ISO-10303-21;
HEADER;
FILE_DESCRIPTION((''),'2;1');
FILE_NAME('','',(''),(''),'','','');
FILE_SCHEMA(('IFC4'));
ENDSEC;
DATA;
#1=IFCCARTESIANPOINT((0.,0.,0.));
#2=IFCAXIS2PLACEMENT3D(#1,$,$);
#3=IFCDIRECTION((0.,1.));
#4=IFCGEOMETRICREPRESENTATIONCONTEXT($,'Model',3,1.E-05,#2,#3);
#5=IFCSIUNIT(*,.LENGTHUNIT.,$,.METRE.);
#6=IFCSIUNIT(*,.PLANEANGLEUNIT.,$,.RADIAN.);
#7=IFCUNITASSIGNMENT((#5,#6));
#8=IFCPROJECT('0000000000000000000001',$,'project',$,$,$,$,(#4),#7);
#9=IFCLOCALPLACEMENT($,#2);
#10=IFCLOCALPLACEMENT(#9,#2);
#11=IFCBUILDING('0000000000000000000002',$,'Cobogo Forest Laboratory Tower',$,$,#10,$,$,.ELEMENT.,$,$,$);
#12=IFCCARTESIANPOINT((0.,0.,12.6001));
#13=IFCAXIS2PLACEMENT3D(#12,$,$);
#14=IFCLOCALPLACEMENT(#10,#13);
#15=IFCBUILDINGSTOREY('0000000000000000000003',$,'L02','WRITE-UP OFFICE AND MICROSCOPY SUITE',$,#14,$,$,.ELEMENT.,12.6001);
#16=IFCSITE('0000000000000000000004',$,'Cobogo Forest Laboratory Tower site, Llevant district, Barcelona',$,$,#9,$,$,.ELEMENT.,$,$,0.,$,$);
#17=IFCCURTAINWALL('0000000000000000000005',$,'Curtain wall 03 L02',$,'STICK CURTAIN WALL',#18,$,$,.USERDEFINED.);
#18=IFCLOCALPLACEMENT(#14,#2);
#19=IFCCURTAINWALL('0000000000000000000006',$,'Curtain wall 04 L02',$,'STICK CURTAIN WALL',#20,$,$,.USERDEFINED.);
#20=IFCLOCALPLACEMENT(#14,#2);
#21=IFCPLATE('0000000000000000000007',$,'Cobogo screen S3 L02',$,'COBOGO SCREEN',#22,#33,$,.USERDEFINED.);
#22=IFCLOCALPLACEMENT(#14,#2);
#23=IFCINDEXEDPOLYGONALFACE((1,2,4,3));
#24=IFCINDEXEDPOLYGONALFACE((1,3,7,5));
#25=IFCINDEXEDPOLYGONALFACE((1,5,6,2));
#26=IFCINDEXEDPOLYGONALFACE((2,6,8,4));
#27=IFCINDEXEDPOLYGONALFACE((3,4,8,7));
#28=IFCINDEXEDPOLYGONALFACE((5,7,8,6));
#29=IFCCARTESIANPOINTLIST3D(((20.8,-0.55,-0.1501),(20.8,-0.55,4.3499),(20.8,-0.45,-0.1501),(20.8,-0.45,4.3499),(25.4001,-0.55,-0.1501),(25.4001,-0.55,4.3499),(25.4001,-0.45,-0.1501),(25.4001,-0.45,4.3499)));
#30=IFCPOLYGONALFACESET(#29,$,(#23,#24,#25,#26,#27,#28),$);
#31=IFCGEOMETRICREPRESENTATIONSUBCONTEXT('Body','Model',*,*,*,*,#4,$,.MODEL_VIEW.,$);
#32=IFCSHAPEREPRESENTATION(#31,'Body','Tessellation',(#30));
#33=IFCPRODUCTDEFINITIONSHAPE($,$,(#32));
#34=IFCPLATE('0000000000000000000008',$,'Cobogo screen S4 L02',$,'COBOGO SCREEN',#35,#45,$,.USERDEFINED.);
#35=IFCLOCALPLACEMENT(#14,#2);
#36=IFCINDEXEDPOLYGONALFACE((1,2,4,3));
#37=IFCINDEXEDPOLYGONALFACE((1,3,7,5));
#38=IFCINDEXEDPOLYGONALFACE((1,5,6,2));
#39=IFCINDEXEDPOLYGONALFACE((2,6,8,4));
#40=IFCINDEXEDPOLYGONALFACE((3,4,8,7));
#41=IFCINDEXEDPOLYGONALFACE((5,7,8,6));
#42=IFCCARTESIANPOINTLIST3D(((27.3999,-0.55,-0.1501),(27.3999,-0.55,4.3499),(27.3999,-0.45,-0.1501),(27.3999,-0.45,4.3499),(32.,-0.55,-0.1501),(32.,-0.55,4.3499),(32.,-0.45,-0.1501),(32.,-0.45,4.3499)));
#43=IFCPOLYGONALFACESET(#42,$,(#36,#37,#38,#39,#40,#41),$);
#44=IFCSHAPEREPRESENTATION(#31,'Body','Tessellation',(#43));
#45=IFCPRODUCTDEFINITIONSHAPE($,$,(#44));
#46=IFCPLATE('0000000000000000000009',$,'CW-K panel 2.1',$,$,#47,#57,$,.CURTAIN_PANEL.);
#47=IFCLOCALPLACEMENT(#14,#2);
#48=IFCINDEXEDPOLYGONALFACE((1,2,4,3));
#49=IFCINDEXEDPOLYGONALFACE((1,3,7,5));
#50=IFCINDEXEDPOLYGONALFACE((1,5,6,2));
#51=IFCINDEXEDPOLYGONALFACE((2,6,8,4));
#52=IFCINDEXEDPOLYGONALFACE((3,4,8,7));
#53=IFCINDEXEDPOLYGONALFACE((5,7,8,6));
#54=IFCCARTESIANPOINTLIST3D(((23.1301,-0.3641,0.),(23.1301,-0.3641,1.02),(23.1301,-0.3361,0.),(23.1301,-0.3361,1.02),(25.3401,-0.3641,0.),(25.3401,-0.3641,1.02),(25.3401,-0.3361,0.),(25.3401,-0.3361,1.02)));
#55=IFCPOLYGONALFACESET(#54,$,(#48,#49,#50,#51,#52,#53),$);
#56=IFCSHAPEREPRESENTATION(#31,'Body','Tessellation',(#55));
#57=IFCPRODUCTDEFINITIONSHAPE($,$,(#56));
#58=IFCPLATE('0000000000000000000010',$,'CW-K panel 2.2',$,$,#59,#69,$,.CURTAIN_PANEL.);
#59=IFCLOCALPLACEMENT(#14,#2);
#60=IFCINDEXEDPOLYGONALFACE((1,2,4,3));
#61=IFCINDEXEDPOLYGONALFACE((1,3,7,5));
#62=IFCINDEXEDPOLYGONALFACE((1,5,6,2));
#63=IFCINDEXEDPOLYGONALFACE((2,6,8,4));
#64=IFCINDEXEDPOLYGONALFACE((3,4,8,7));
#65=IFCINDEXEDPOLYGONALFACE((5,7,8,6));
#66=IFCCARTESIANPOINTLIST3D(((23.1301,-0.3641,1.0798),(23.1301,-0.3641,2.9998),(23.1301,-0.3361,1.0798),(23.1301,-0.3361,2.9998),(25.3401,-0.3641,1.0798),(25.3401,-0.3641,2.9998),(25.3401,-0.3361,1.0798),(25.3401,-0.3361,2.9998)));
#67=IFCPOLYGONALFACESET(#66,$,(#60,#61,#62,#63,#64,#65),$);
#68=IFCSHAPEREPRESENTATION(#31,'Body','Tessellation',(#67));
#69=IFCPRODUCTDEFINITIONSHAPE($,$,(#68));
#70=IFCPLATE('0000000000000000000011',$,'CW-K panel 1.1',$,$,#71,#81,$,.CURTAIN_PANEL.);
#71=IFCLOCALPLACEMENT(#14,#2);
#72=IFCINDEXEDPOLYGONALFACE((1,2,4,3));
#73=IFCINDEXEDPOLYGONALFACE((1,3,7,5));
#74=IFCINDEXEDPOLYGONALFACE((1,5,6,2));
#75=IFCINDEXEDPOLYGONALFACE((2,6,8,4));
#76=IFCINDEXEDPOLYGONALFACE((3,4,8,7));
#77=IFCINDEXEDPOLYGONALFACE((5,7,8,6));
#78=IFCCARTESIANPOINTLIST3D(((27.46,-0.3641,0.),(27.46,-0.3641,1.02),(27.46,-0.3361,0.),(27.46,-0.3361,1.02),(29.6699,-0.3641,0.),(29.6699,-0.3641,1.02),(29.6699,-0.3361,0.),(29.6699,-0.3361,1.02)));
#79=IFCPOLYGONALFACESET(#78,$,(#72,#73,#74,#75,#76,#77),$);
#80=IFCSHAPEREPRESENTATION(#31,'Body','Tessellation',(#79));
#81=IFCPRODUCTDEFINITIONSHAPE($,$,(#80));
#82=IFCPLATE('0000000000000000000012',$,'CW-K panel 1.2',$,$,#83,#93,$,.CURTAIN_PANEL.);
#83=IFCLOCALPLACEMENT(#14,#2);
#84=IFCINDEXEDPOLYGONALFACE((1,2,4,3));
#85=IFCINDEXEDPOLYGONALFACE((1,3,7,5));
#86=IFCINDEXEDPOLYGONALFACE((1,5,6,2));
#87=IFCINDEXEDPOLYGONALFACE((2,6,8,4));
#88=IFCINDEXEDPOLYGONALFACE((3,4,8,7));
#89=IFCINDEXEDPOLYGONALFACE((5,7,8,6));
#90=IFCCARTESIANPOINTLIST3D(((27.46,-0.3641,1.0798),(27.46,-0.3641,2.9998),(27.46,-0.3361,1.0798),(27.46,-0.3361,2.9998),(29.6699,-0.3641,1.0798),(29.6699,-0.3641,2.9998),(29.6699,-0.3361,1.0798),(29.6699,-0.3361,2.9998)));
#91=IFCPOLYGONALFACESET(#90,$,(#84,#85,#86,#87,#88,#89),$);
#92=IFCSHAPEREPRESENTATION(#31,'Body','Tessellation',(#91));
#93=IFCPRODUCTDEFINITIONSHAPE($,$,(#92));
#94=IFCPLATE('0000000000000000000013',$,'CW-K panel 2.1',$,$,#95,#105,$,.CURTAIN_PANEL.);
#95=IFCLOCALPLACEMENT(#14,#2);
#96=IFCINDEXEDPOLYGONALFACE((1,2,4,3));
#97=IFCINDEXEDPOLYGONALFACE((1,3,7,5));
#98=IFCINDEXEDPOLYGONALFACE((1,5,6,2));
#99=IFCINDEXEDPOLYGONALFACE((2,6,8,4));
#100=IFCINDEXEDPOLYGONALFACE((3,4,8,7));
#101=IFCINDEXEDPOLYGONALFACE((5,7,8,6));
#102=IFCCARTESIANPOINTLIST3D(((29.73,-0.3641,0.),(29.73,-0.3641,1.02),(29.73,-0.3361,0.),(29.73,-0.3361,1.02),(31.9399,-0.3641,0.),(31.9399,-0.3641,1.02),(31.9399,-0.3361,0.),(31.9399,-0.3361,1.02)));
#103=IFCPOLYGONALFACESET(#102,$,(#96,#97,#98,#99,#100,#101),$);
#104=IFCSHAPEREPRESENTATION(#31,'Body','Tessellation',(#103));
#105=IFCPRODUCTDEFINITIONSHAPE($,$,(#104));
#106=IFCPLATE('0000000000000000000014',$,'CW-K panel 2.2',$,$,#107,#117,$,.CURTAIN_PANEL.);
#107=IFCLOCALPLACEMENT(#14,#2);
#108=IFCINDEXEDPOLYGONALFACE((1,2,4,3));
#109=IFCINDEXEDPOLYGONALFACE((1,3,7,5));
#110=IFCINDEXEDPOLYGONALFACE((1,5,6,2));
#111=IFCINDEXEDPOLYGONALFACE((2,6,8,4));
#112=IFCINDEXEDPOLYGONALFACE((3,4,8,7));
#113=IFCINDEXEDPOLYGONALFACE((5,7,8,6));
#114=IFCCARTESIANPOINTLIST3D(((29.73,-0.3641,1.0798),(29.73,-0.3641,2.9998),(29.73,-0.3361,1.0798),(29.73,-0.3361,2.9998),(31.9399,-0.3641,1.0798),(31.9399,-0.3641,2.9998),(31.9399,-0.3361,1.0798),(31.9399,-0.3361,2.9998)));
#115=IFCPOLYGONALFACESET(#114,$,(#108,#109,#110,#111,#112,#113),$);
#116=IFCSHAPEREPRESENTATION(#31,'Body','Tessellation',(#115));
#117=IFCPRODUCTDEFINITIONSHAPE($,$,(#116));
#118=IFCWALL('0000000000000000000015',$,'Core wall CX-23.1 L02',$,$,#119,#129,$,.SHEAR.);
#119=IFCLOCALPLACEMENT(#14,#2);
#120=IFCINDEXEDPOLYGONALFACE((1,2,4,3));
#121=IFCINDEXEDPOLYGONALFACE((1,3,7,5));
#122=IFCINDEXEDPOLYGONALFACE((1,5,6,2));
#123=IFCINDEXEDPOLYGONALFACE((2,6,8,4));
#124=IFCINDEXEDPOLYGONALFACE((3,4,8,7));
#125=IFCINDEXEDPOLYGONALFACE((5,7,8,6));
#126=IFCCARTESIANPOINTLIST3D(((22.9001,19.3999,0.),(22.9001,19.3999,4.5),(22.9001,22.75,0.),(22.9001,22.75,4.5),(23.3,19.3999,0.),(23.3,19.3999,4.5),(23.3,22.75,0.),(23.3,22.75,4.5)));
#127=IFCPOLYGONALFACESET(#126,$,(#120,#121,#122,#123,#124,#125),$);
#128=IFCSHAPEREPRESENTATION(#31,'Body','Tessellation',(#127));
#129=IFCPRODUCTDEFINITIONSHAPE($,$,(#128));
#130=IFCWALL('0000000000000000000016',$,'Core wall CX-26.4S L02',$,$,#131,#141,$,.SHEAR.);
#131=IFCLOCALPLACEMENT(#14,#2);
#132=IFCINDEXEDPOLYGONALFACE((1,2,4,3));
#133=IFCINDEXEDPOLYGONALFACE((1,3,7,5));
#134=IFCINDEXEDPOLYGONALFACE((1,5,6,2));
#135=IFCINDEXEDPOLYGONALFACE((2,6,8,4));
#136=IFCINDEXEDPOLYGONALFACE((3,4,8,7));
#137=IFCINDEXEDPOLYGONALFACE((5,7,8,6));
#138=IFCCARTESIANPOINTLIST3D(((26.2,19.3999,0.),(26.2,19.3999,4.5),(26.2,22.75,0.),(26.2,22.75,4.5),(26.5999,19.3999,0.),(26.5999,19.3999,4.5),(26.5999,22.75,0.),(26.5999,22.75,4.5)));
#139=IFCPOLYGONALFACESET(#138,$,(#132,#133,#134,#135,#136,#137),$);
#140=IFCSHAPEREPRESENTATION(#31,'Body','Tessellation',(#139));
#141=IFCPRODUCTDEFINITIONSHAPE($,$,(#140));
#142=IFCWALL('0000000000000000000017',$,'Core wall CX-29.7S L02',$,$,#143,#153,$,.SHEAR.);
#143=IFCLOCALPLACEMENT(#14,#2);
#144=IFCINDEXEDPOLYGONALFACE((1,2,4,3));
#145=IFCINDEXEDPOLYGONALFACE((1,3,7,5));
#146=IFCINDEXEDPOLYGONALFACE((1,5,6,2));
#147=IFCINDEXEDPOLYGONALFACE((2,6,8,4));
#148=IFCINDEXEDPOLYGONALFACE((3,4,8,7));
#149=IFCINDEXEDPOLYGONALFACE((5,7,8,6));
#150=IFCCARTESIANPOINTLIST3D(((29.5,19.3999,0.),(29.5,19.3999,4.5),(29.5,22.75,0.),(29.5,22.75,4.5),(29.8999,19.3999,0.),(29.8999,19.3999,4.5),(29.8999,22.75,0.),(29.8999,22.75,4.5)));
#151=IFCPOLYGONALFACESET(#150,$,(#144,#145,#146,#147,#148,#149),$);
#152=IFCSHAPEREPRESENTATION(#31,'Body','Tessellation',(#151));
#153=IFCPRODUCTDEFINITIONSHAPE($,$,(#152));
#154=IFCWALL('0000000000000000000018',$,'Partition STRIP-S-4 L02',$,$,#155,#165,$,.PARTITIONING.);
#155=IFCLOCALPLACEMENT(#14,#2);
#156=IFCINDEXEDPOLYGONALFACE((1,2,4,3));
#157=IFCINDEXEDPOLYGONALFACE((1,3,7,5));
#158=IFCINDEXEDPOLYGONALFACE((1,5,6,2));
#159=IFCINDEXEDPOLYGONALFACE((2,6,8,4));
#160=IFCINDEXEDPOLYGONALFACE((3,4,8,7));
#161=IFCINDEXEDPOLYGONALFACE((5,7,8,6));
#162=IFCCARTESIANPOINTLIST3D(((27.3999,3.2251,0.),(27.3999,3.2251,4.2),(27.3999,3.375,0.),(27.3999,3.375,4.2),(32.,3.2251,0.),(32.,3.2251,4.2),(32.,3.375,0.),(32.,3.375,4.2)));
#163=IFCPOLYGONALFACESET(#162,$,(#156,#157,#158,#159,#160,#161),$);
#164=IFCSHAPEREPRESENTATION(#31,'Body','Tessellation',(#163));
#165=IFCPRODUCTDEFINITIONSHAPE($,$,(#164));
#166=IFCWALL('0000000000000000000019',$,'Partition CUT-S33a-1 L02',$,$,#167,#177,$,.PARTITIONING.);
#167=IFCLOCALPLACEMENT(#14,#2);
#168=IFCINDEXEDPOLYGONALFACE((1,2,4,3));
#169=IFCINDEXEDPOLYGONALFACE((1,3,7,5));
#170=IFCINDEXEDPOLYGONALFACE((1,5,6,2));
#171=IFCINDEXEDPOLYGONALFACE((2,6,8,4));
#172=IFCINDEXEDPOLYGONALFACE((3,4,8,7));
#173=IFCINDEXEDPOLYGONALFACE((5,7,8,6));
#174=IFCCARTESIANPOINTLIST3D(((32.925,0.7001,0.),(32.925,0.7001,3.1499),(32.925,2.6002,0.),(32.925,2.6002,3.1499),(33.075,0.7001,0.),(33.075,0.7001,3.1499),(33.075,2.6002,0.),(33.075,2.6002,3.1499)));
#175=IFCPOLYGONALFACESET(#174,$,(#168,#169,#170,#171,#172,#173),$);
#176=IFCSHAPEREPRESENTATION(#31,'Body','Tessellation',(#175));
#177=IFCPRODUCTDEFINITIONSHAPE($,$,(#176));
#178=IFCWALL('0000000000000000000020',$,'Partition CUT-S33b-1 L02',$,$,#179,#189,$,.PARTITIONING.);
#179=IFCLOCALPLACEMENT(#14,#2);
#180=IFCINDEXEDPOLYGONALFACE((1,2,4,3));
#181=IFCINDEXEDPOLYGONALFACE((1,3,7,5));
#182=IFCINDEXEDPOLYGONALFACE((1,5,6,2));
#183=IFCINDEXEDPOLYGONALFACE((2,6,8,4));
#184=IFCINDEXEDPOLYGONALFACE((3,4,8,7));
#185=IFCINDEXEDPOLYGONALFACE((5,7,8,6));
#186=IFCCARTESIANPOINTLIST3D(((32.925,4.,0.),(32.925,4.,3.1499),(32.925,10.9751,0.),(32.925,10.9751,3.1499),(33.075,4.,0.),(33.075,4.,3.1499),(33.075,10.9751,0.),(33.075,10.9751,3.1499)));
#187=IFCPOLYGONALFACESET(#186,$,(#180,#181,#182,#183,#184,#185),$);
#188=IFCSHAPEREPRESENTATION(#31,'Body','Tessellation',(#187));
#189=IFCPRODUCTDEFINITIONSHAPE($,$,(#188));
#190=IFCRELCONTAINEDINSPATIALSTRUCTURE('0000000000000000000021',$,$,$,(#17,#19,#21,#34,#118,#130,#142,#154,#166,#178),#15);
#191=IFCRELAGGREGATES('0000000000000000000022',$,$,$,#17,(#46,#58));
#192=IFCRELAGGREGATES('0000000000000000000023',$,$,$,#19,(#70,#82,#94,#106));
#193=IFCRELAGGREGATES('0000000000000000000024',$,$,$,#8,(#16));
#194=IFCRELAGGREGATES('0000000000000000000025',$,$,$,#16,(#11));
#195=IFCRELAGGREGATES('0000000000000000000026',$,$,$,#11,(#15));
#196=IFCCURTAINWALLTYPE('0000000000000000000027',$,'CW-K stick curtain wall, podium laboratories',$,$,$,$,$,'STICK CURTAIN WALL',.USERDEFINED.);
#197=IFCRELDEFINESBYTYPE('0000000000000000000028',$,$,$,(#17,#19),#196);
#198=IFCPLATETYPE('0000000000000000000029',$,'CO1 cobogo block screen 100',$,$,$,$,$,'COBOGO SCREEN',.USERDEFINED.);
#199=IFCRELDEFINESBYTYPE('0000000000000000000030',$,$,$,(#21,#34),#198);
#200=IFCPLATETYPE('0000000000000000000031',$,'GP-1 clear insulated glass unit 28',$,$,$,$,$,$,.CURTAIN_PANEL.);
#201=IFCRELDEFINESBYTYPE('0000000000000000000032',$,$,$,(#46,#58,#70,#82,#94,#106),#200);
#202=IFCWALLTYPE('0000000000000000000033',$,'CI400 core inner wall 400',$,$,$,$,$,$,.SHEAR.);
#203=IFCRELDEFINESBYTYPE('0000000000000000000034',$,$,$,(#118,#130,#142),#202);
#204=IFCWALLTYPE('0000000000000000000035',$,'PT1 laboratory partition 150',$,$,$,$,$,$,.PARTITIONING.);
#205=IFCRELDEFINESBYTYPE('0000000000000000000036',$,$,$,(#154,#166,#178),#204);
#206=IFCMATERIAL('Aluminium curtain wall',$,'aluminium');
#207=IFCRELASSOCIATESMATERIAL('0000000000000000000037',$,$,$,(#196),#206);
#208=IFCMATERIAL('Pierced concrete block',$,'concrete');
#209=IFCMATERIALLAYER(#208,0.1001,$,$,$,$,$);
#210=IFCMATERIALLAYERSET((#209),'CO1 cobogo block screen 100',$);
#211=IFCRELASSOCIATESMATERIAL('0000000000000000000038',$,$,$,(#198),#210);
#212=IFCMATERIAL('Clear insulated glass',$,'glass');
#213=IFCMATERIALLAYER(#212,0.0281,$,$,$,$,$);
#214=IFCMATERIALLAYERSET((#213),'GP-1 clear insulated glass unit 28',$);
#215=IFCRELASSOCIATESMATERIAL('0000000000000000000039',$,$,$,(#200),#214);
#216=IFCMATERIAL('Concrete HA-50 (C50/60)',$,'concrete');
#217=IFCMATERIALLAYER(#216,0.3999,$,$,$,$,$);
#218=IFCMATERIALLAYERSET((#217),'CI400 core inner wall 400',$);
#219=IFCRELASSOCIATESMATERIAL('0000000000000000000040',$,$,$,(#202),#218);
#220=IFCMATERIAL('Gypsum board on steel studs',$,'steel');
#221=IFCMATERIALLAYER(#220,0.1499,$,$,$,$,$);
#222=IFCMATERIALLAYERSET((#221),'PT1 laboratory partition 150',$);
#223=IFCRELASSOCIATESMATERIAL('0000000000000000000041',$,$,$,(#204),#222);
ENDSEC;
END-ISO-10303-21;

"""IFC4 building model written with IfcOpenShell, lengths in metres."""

from ifc_helpers import new_model, si_unit, direction, frame, frame_2d, origin, origin_2d, place, context, subcontext, project, spatial, rectangle, extrude, material, layer, layer_set, type_object, element, aggregate, save


model = new_model("IFC4")

# Units and contexts
model_context = context("Model", 3, precision=1e-05, world=origin(), true_north=direction((0.0, 1.0)))
body_context = subcontext(model_context, "Body", "Model", "MODEL_VIEW")
ifc_project = project(units=[si_unit("LENGTHUNIT", "METRE"), si_unit("PLANEANGLEUNIT", "RADIAN")], contexts=[model_context])

# Site, building, storey
site_placement = place(None, origin())
site = spatial("IfcSite", under=ifc_project, at=site_placement, Name="Cobogo Forest Laboratory Tower site, Llevant district, Barcelona", CompositionType="ELEMENT", RefElevation=0.0)
building_placement = place(site_placement, origin())
building = spatial("IfcBuilding", under=site, at=building_placement, Name="Cobogo Forest Laboratory Tower", CompositionType="ELEMENT")
storey_placement = place(building_placement, frame((0.0, 0.0, 12.6001)))
storey = spatial("IfcBuildingStorey", under=building, at=storey_placement, Name="L02", Description="WRITE-UP OFFICE AND MICROSCOPY SUITE", CompositionType="ELEMENT", Elevation=12.6001)

# Shared definitions
ifc_material_1 = material(Name="Concrete HA-50 (C50/60)", Category="concrete")

# Curtain wall
ifc_material_2 = material(Name="Aluminium curtain wall", Category="aluminium")
curtain_wall_type = type_object("IfcCurtainWallType", Name="CW-K stick curtain wall, podium laboratories", ElementType="STICK CURTAIN WALL", PredefinedType="USERDEFINED", material=ifc_material_2)
curtain_wall_1_placement = place(storey_placement, origin())
curtain_wall_1 = element("IfcCurtainWall", 1, at=curtain_wall_1_placement, inside=storey, type_object=curtain_wall_type, Name="Curtain wall 03 L02", ObjectType="STICK CURTAIN WALL", PredefinedType="USERDEFINED")

# Curtain wall
curtain_wall_2_placement = place(storey_placement, origin())
curtain_wall_2 = element("IfcCurtainWall", 2, at=curtain_wall_2_placement, inside=storey, type_object=curtain_wall_type, Name="Curtain wall 04 L02", ObjectType="STICK CURTAIN WALL", PredefinedType="USERDEFINED")

# Plates
ifc_material_3 = material(Name="Pierced concrete block", Category="concrete")
ifc_layer_1 = layer(ifc_material_3, 0.1001)
ifc_layer_set_1 = layer_set([ifc_layer_1], Name="CO1 cobogo block screen 100")
plate_type_1 = type_object("IfcPlateType", Name="CO1 cobogo block screen 100", ElementType="COBOGO SCREEN", PredefinedType="USERDEFINED", material=ifc_layer_set_1)
for number, where, z_axis, x_axis, name in (
    (3, (23.1001, -0.5, -0.1501), (0.0, 0.0, 1.0), (1.0, 0.0, 0.0), "Cobogo screen S3 L02"),
    (4, (29.7, -0.5, -0.1501), (0.0, 0.0, 1.0), (1.0, 0.0, 0.0), "Cobogo screen S4 L02"),
):
    element("IfcPlate", number, at=place(storey_placement, frame(where, z_axis=z_axis, x_axis=x_axis)), inside=storey, type_object=plate_type_1, Name=name, ObjectType="COBOGO SCREEN", PredefinedType="USERDEFINED", context=body_context, shape_type="SweptSolid", body=[
        extrude(rectangle(XDim=4.6001, YDim=0.1001, at=origin_2d()), origin(), (0.0, 0.0, 1.0), 4.5),
    ])

# Plates
ifc_material_4 = material(Name="Clear insulated glass", Category="glass")
ifc_layer_2 = layer(ifc_material_4, 0.0281)
ifc_layer_set_2 = layer_set([ifc_layer_2], Name="GP-1 clear insulated glass unit 28")
plate_type_2 = type_object("IfcPlateType", Name="GP-1 clear insulated glass unit 28", PredefinedType="CURTAIN_PANEL", material=ifc_layer_set_2)
plate_1_placement = place(storey_placement, frame((24.2351, -0.3501, 0.0), z_axis=(0.0, 0.0, 1.0), x_axis=(1.0, 0.0, 0.0)))
plate_1 = element("IfcPlate", 5, at=plate_1_placement, type_object=plate_type_2, Name="CW-K panel 2.1", PredefinedType="CURTAIN_PANEL", context=body_context, shape_type="SweptSolid", body=[
    extrude(rectangle(XDim=2.21, YDim=0.0281, at=origin_2d()), origin(), (0.0, 0.0, 1.0), 1.02),
])
plate_2_placement = place(storey_placement, frame((24.2351, -0.3501, 1.0798), z_axis=(0.0, 0.0, 1.0), x_axis=(1.0, 0.0, 0.0)))
plate_2 = element("IfcPlate", 6, at=plate_2_placement, type_object=plate_type_2, Name="CW-K panel 2.2", PredefinedType="CURTAIN_PANEL", context=body_context, shape_type="SweptSolid", body=[
    extrude(rectangle(XDim=2.21, YDim=0.0281, at=origin_2d()), origin(), (0.0, 0.0, 1.0), 1.9199),
])
aggregate(curtain_wall_1, [plate_1, plate_2])
plate_3_placement = place(storey_placement, frame((28.5649, -0.3501, 0.0), z_axis=(0.0, 0.0, 1.0), x_axis=(1.0, 0.0, 0.0)))
plate_3 = element("IfcPlate", 7, at=plate_3_placement, type_object=plate_type_2, Name="CW-K panel 1.1", PredefinedType="CURTAIN_PANEL", context=body_context, shape_type="SweptSolid", body=[
    extrude(rectangle(XDim=2.21, YDim=0.0281, at=origin_2d()), origin(), (0.0, 0.0, 1.0), 1.02),
])
plate_4_placement = place(storey_placement, frame((28.5649, -0.3501, 1.0798), z_axis=(0.0, 0.0, 1.0), x_axis=(1.0, 0.0, 0.0)))
plate_4 = element("IfcPlate", 8, at=plate_4_placement, type_object=plate_type_2, Name="CW-K panel 1.2", PredefinedType="CURTAIN_PANEL", context=body_context, shape_type="SweptSolid", body=[
    extrude(rectangle(XDim=2.21, YDim=0.0281, at=origin_2d()), origin(), (0.0, 0.0, 1.0), 1.9199),
])
plate_5_placement = place(storey_placement, frame((30.835, -0.3501, 0.0), z_axis=(0.0, 0.0, 1.0), x_axis=(1.0, 0.0, 0.0)))
plate_5 = element("IfcPlate", 9, at=plate_5_placement, type_object=plate_type_2, Name="CW-K panel 2.1", PredefinedType="CURTAIN_PANEL", context=body_context, shape_type="SweptSolid", body=[
    extrude(rectangle(XDim=2.21, YDim=0.0281, at=origin_2d()), origin(), (0.0, 0.0, 1.0), 1.02),
])
plate_6_placement = place(storey_placement, frame((30.835, -0.3501, 1.0798), z_axis=(0.0, 0.0, 1.0), x_axis=(1.0, 0.0, 0.0)))
plate_6 = element("IfcPlate", 10, at=plate_6_placement, type_object=plate_type_2, Name="CW-K panel 2.2", PredefinedType="CURTAIN_PANEL", context=body_context, shape_type="SweptSolid", body=[
    extrude(rectangle(XDim=2.21, YDim=0.0281, at=origin_2d()), origin(), (0.0, 0.0, 1.0), 1.9199),
])
aggregate(curtain_wall_2, [plate_3, plate_4, plate_5, plate_6])

# Walls
ifc_layer_3 = layer(ifc_material_1, 0.3999)
ifc_layer_set_3 = layer_set([ifc_layer_3], Name="CI400 core inner wall 400")
wall_type_1 = type_object("IfcWallType", Name="CI400 core inner wall 400", PredefinedType="SHEAR", material=ifc_layer_set_3)
for number, where, z_axis, x_axis, name in (
    (11, (23.1001, 19.3999, 0.0), (0.0, 0.0, 1.0), (0.0, 1.0, 0.0), "Core wall CX-23.1 L02"),
    (12, (26.3999, 19.3999, 0.0), (0.0, 0.0, 1.0), (0.0, 1.0, 0.0), "Core wall CX-26.4S L02"),
    (13, (29.7, 19.3999, 0.0), (0.0, 0.0, 1.0), (0.0, 1.0, 0.0), "Core wall CX-29.7S L02"),
):
    element("IfcWall", number, at=place(storey_placement, frame(where, z_axis=z_axis, x_axis=x_axis)), inside=storey, type_object=wall_type_1, Name=name, PredefinedType="SHEAR", context=body_context, shape_type="SweptSolid", body=[
        extrude(rectangle(XDim=3.3501, YDim=0.3999, at=frame_2d((1.675, 0.0))), origin(), (0.0, 0.0, 1.0), 4.5),
    ])
ifc_material_5 = material(Name="Gypsum board on steel studs", Category="steel")
ifc_layer_4 = layer(ifc_material_5, 0.1499)
ifc_layer_set_4 = layer_set([ifc_layer_4], Name="PT1 laboratory partition 150")
wall_type_2 = type_object("IfcWallType", Name="PT1 laboratory partition 150", PredefinedType="PARTITIONING", material=ifc_layer_set_4)
wall_1_placement = place(storey_placement, frame((27.3999, 3.3, 0.0), z_axis=(0.0, 0.0, 1.0), x_axis=(1.0, 0.0, 0.0)))
element("IfcWall", 14, at=wall_1_placement, inside=storey, type_object=wall_type_2, Name="Partition STRIP-S-4 L02", PredefinedType="PARTITIONING", context=body_context, shape_type="SweptSolid", body=[
    extrude(rectangle(XDim=4.6001, YDim=0.1499, at=frame_2d((2.3, 0.0))), origin(), (0.0, 0.0, 1.0), 4.2),
])
wall_2_placement = place(storey_placement, frame((33.0, 0.7, 0.0), z_axis=(0.0, 0.0, 1.0), x_axis=(0.0, 1.0, 0.0)))
element("IfcWall", 15, at=wall_2_placement, inside=storey, type_object=wall_type_2, Name="Partition CUT-S33a-1 L02", PredefinedType="PARTITIONING", context=body_context, shape_type="SweptSolid", body=[
    extrude(rectangle(XDim=1.9001, YDim=0.1499, at=frame_2d((0.9502, 0.0))), origin(), (0.0, 0.0, 1.0), 3.1499),
])
wall_3_placement = place(storey_placement, frame((33.0, 4.0, 0.0), z_axis=(0.0, 0.0, 1.0), x_axis=(0.0, 1.0, 0.0)))
element("IfcWall", 16, at=wall_3_placement, inside=storey, type_object=wall_type_2, Name="Partition CUT-S33b-1 L02", PredefinedType="PARTITIONING", context=body_context, shape_type="SweptSolid", body=[
    extrude(rectangle(XDim=6.9751, YDim=0.1499, at=frame_2d((3.4875, 0.0))), origin(), (0.0, 0.0, 1.0), 3.1499),
])

save(model, "model.ifc")
